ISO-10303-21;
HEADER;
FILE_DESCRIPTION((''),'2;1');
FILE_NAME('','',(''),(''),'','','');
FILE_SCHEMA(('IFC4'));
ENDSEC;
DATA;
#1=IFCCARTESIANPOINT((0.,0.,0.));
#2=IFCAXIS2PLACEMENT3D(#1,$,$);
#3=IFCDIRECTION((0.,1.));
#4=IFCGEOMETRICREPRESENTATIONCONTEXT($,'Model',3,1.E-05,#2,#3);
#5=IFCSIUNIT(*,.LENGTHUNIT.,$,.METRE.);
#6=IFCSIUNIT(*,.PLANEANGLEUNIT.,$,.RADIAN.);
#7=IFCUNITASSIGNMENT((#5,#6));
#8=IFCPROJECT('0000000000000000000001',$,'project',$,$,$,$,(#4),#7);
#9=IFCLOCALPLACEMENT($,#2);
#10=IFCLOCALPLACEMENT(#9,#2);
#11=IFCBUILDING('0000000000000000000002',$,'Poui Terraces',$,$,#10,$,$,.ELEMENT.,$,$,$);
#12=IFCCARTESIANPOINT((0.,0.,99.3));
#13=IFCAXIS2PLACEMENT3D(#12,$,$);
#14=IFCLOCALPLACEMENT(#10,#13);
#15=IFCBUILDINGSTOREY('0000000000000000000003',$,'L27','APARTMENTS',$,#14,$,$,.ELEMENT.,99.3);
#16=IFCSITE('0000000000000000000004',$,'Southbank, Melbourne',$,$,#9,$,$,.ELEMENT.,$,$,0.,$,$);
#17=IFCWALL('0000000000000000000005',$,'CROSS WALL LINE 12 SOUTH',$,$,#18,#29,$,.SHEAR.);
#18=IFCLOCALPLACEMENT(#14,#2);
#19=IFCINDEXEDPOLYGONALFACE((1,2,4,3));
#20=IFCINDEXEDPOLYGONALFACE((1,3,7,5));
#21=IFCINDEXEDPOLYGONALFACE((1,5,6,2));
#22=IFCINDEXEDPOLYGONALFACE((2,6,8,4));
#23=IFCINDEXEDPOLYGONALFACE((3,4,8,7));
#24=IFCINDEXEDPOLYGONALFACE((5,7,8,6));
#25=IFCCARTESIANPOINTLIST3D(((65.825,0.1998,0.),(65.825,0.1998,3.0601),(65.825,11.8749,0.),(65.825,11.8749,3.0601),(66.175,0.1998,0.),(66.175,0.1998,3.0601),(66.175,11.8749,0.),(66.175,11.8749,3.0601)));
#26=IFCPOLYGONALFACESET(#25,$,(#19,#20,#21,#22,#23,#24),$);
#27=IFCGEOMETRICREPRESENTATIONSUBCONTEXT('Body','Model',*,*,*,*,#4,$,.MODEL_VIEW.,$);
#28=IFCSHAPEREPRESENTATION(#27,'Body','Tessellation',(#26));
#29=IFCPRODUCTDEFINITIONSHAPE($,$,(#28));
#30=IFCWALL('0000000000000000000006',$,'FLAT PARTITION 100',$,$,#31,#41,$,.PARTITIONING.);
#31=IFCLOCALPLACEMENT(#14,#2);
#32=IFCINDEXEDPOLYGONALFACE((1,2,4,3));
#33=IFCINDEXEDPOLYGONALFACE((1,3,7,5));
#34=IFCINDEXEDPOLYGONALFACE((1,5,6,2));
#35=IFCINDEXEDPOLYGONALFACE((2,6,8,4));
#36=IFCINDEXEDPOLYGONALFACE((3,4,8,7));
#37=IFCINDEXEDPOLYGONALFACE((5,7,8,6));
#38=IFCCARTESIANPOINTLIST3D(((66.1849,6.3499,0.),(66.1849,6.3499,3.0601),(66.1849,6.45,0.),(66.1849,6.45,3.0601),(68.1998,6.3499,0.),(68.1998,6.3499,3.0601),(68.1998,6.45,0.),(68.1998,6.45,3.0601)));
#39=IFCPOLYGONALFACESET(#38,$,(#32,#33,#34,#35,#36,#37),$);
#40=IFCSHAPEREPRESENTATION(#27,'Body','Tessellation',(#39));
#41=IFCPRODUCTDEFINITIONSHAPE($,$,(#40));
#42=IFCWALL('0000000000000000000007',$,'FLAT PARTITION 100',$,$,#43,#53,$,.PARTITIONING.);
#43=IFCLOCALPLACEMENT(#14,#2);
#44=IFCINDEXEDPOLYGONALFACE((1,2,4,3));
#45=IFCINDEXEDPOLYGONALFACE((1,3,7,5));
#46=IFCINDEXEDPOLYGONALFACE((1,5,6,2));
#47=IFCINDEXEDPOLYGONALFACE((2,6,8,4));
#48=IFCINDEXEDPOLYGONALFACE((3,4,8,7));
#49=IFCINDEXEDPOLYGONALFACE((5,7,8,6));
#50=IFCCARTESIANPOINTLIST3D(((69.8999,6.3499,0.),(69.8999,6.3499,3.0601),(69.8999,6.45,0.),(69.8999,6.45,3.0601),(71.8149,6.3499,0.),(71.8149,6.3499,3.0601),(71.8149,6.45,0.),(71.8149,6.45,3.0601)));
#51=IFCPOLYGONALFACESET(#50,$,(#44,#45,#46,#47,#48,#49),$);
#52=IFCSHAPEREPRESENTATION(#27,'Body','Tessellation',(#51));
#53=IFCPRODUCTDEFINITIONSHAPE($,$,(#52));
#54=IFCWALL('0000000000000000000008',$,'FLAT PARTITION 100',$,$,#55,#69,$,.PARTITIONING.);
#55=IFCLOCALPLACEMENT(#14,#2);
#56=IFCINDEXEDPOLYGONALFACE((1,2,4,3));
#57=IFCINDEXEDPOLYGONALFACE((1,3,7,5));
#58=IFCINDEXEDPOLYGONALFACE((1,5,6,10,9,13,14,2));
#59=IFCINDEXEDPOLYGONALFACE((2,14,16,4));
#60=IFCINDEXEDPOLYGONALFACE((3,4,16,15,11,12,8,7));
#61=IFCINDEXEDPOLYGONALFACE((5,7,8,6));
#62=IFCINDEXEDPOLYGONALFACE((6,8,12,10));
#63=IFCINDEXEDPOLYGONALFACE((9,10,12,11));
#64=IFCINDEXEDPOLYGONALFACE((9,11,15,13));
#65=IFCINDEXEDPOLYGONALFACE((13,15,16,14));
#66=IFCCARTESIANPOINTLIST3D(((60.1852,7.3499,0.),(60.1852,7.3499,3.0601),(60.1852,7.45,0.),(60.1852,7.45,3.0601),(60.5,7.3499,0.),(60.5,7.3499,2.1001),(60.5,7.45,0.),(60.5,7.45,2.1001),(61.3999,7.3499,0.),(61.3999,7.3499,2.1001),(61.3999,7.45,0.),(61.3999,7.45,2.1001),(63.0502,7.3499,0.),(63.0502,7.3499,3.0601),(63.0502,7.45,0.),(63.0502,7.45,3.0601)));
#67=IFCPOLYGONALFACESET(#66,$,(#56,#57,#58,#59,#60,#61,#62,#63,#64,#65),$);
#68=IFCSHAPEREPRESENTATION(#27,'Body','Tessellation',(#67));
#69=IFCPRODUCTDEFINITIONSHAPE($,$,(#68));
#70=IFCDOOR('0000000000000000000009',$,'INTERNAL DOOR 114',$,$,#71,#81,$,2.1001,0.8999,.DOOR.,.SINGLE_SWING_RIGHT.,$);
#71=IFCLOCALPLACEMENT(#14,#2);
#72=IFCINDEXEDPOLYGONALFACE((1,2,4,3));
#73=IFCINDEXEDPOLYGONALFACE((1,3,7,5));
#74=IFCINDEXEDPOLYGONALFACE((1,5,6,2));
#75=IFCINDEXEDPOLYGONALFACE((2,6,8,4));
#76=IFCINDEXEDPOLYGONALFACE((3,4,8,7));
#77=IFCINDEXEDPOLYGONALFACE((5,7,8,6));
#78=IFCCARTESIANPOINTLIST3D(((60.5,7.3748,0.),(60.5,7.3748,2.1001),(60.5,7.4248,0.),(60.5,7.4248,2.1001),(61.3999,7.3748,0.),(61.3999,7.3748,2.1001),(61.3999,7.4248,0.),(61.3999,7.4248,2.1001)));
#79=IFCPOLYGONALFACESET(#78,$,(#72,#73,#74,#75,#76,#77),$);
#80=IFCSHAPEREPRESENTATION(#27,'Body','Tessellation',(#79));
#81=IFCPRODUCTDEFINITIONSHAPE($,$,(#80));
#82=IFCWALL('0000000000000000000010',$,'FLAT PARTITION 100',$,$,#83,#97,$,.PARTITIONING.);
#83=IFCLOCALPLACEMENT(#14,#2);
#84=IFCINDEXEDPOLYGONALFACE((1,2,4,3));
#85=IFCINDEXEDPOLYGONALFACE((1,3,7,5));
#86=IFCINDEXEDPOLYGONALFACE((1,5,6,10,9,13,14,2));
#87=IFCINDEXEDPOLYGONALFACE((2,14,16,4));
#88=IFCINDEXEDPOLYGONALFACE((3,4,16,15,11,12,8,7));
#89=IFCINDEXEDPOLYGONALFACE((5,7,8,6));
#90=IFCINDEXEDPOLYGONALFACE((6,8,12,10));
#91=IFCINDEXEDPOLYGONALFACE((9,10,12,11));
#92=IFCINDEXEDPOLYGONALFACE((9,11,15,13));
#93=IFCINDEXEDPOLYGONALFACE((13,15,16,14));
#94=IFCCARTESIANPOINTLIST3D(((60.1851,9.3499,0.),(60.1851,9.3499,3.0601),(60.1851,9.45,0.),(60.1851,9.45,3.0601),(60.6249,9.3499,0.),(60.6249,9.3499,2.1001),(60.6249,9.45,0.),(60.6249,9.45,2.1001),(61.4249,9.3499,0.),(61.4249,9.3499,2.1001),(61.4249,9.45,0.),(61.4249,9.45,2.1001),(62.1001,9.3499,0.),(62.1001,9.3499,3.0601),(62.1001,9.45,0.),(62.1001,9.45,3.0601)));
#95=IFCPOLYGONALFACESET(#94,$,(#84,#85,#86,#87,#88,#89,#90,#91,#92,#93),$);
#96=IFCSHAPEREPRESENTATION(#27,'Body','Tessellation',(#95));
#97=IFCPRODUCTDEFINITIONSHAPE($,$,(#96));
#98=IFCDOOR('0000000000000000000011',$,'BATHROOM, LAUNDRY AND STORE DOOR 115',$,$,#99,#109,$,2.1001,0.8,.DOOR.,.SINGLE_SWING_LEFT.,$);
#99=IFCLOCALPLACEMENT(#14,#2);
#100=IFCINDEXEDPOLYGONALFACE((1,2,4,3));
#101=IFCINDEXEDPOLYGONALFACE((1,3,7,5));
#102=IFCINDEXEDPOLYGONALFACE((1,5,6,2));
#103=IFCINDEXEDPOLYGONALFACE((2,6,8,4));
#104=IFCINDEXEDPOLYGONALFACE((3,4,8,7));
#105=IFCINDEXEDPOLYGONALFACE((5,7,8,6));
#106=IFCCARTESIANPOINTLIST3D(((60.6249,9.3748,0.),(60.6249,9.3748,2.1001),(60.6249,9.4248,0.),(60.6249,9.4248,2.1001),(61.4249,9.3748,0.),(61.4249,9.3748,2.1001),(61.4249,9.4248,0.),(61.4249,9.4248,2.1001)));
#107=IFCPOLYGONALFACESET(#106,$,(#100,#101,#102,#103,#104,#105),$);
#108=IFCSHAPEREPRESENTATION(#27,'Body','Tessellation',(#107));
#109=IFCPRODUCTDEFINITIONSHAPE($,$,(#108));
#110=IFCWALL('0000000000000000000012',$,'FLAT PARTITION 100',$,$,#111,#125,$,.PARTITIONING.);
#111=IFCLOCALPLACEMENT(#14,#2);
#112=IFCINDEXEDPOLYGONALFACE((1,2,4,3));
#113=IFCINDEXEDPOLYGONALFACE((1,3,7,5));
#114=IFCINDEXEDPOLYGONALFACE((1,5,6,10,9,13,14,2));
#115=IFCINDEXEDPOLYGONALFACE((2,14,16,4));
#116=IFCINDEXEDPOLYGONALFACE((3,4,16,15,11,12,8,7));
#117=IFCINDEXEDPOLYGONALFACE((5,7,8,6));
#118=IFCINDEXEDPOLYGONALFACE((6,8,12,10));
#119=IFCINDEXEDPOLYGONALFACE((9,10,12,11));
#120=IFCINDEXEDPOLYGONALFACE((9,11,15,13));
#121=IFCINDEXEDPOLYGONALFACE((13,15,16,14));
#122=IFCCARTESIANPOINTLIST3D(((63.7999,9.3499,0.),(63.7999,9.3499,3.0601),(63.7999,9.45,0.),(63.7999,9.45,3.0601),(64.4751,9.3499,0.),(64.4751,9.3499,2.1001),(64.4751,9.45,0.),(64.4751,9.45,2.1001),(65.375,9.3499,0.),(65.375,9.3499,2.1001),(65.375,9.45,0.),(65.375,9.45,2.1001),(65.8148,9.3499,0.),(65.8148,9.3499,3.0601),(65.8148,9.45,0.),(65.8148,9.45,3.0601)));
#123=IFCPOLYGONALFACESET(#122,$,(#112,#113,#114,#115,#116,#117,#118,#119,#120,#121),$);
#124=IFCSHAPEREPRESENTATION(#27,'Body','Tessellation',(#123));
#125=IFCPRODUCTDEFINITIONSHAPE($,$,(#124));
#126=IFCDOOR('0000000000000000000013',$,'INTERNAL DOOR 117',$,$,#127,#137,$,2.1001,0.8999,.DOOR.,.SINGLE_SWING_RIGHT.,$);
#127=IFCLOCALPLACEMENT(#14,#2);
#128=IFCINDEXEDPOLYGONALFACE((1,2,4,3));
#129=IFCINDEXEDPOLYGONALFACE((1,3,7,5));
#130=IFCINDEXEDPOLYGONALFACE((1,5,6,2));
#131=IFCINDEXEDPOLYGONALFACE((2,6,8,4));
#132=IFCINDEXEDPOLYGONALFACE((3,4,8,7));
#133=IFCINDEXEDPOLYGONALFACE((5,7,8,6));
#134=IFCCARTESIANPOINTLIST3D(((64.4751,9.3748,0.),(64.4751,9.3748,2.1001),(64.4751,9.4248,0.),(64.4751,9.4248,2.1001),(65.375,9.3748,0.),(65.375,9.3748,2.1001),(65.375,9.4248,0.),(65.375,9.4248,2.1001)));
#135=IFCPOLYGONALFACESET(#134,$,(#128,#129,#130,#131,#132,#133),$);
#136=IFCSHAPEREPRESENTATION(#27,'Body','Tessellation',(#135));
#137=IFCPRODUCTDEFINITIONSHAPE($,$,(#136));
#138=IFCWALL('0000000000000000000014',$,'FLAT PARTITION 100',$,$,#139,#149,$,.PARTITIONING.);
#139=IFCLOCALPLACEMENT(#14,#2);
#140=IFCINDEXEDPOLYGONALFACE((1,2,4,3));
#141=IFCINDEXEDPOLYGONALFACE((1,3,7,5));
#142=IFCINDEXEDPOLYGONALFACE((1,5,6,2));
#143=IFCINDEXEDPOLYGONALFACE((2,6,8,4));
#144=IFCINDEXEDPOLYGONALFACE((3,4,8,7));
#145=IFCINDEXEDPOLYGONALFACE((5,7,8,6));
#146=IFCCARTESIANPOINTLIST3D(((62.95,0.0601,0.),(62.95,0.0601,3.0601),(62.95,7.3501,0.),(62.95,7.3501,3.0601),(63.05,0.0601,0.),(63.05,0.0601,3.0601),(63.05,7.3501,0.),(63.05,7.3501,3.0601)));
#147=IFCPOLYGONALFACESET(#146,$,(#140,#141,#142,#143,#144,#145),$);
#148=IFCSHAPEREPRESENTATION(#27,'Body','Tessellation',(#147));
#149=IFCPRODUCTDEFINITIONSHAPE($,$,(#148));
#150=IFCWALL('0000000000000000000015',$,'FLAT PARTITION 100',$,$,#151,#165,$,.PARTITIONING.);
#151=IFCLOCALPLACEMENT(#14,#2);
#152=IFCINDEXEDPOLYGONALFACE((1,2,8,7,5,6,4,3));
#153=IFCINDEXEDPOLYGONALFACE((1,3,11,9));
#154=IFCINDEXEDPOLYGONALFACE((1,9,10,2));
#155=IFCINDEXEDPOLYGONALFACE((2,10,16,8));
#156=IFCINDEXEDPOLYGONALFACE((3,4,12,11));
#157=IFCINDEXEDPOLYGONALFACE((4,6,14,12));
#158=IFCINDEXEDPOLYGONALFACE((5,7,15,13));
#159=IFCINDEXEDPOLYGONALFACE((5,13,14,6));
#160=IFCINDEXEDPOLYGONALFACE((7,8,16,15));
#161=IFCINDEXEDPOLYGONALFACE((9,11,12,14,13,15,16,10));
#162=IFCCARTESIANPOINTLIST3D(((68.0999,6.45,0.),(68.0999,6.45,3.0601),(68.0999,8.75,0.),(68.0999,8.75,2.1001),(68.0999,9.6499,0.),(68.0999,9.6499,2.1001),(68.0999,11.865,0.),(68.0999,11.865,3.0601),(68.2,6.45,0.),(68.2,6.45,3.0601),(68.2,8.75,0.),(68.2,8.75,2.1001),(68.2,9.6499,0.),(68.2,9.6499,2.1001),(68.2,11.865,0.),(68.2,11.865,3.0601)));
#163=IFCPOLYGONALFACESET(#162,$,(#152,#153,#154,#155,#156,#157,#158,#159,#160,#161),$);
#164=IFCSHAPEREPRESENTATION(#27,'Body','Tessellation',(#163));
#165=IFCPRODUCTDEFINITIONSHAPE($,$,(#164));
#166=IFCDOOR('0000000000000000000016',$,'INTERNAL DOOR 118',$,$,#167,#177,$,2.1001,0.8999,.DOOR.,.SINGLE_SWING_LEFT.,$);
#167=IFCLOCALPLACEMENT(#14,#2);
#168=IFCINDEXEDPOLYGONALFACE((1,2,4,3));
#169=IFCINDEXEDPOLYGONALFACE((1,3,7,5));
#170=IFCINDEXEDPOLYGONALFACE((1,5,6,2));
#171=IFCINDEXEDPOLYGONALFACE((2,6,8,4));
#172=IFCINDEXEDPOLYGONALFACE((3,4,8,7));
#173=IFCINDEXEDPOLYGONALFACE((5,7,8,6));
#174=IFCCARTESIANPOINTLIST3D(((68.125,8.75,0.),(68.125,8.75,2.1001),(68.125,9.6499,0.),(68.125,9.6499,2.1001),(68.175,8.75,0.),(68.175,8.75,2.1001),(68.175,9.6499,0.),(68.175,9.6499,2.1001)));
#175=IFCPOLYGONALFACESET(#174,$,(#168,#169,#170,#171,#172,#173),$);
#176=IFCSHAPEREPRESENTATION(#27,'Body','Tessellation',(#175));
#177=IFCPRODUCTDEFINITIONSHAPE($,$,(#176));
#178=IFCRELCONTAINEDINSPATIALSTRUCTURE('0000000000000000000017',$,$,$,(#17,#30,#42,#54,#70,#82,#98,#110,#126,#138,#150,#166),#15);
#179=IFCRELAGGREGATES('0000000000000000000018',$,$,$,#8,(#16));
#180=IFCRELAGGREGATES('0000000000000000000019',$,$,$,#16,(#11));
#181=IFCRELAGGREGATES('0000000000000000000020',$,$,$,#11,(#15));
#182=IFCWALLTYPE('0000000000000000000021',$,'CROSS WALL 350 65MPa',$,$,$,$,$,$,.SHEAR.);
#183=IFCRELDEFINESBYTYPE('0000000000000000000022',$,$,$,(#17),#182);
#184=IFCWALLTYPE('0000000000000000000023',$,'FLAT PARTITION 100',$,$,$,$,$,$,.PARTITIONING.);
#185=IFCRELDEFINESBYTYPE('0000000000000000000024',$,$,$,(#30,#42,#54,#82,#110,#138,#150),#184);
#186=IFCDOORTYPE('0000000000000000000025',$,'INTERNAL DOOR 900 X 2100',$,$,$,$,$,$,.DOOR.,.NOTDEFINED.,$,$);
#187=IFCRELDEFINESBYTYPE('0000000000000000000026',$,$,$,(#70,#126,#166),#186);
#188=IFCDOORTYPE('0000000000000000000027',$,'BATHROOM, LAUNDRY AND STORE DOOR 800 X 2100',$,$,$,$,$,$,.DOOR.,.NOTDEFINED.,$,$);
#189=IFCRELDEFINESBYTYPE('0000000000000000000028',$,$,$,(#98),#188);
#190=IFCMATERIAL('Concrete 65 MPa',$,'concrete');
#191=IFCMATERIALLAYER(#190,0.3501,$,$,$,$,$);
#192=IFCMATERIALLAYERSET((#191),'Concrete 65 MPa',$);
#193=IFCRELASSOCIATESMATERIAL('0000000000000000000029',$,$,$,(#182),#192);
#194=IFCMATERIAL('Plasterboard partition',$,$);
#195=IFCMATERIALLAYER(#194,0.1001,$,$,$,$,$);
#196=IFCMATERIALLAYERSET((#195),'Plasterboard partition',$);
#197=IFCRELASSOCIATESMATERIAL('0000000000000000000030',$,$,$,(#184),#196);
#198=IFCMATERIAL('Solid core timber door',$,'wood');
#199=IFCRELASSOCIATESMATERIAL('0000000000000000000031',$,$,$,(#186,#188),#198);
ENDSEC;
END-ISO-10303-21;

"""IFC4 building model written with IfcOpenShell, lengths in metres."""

from ifc_helpers import new_model, si_unit, direction, frame, frame_2d, origin, place, context, subcontext, project, spatial, rectangle, extrude, material, layer, layer_set, type_object, element, fill, save


model = new_model("IFC4")

# Units and contexts
model_context = context("Model", 3, precision=1e-05, world=origin(), true_north=direction((0.0, 1.0)))
body_context = subcontext(model_context, "Body", "Model", "MODEL_VIEW")
ifc_project = project(units=[si_unit("LENGTHUNIT", "METRE"), si_unit("PLANEANGLEUNIT", "RADIAN")], contexts=[model_context])

# Site, building, storey
site_placement = place(None, origin())
site = spatial("IfcSite", under=ifc_project, at=site_placement, Name="Southbank, Melbourne", CompositionType="ELEMENT", RefElevation=0.0)
building_placement = place(site_placement, origin())
building = spatial("IfcBuilding", under=site, at=building_placement, Name="Poui Terraces", CompositionType="ELEMENT")
storey_placement = place(building_placement, frame((0.0, 0.0, 99.3)))
storey = spatial("IfcBuildingStorey", under=building, at=storey_placement, Name="L27", Description="APARTMENTS", CompositionType="ELEMENT", Elevation=99.3)

# Walls
ifc_material_1 = material(Name="Concrete 65 MPa", Category="concrete")
ifc_layer_1 = layer(ifc_material_1, 0.3501)
ifc_layer_set_1 = layer_set([ifc_layer_1], Name="Concrete 65 MPa")
wall_type_1 = type_object("IfcWallType", Name="CROSS WALL 350 65MPa", PredefinedType="SHEAR", material=ifc_layer_set_1)
wall_1_placement = place(storey_placement, frame((66.0, 0.2, 0.0), z_axis=(0.0, 0.0, 1.0), x_axis=(0.0, 1.0, 0.0)))
element("IfcWall", 1, at=wall_1_placement, inside=storey, type_object=wall_type_1, Name="CROSS WALL LINE 12 SOUTH", PredefinedType="SHEAR", context=body_context, shape_type="SweptSolid", body=[
    extrude(rectangle(XDim=11.675, YDim=0.3501, at=frame_2d((5.8374, 0.0))), origin(), (0.0, 0.0, 1.0), 3.0601),
])
ifc_material_2 = material(Name="Plasterboard partition")
ifc_layer_2 = layer(ifc_material_2, 0.1001)
ifc_layer_set_2 = layer_set([ifc_layer_2], Name="Plasterboard partition")
wall_type_2 = type_object("IfcWallType", Name="FLAT PARTITION 100", PredefinedType="PARTITIONING", material=ifc_layer_set_2)
wall_2_placement = place(storey_placement, frame((66.1851, 6.3999, 0.0), z_axis=(0.0, 0.0, 1.0), x_axis=(1.0, 0.0, 0.0)))
element("IfcWall", 2, at=wall_2_placement, inside=storey, type_object=wall_type_2, Name="FLAT PARTITION 100", PredefinedType="PARTITIONING", context=body_context, shape_type="SweptSolid", body=[
    extrude(rectangle(XDim=2.0149, YDim=0.1001, at=frame_2d((1.0073, 0.0))), origin(), (0.0, 0.0, 1.0), 3.0601),
])
wall_3_placement = place(storey_placement, frame((69.8999, 6.3999, 0.0), z_axis=(0.0, 0.0, 1.0), x_axis=(1.0, 0.0, 0.0)))
element("IfcWall", 3, at=wall_3_placement, inside=storey, type_object=wall_type_2, Name="FLAT PARTITION 100", PredefinedType="PARTITIONING", context=body_context, shape_type="SweptSolid", body=[
    extrude(rectangle(XDim=1.915, YDim=0.1001, at=frame_2d((0.9575, 0.0))), origin(), (0.0, 0.0, 1.0), 3.0601),
])

# Walls, openings, doors
wall_4_placement = place(storey_placement, frame((60.1851, 7.3999, 0.0), z_axis=(0.0, 0.0, 1.0), x_axis=(1.0, 0.0, 0.0)))
wall_4 = element("IfcWall", 4, at=wall_4_placement, inside=storey, type_object=wall_type_2, Name="FLAT PARTITION 100", PredefinedType="PARTITIONING", context=body_context, shape_type="SweptSolid", body=[
    extrude(rectangle(XDim=2.865, YDim=0.1001, at=frame_2d((1.4326, 0.0))), origin(), (0.0, 0.0, 1.0), 3.0601),
])
opening_1_placement = place(wall_4_placement, frame((0.3149, 0.0, 0.0)))
opening_1 = element("IfcOpeningElement", 5, at=opening_1_placement, cuts=wall_4, PredefinedType="OPENING", context=body_context, shape_type="SweptSolid", body=[
    extrude(rectangle(XDim=0.8999, YDim=2.1001, at=frame_2d((0.45, 1.05))), frame((0.0, 0.0601, 0.0), z_axis=(0.0, -1.0, 0.0), x_axis=(1.0, 0.0, 0.0)), (0.0, 0.0, 1.0), 0.1201),
])
ifc_material_3 = material(Name="Solid core timber door", Category="wood")
door_type_1 = type_object("IfcDoorType", Name="INTERNAL DOOR 900 X 2100", OperationType="NOTDEFINED", PredefinedType="DOOR", material=ifc_material_3)
door_1_placement = place(opening_1_placement, origin())
door_1 = element("IfcDoor", 6, at=door_1_placement, inside=storey, type_object=door_type_1, Name="INTERNAL DOOR 114", OperationType="SINGLE_SWING_RIGHT", OverallHeight=2.1001, OverallWidth=0.8999, PredefinedType="DOOR", context=body_context, shape_type="SweptSolid", body=[
    extrude(rectangle(XDim=0.8999, YDim=2.1001, at=frame_2d((0.45, 1.05))), frame((0.0, 0.0249, 0.0), z_axis=(0.0, -1.0, 0.0), x_axis=(1.0, 0.0, 0.0)), (0.0, 0.0, 1.0), 0.05),
])
fill(opening_1, door_1)
wall_5_placement = place(storey_placement, frame((60.1851, 9.3999, 0.0), z_axis=(0.0, 0.0, 1.0), x_axis=(1.0, 0.0, 0.0)))
wall_5 = element("IfcWall", 7, at=wall_5_placement, inside=storey, type_object=wall_type_2, Name="FLAT PARTITION 100", PredefinedType="PARTITIONING", context=body_context, shape_type="SweptSolid", body=[
    extrude(rectangle(XDim=1.915, YDim=0.1001, at=frame_2d((0.9575, 0.0))), origin(), (0.0, 0.0, 1.0), 3.0601),
])
opening_2_placement = place(wall_5_placement, frame((0.4399, 0.0, 0.0)))
opening_2 = element("IfcOpeningElement", 8, at=opening_2_placement, cuts=wall_5, PredefinedType="OPENING", context=body_context, shape_type="SweptSolid", body=[
    extrude(rectangle(XDim=0.8, YDim=2.1001, at=frame_2d((0.3999, 1.05))), frame((0.0, 0.0601, 0.0), z_axis=(0.0, -1.0, 0.0), x_axis=(1.0, 0.0, 0.0)), (0.0, 0.0, 1.0), 0.1201),
])
door_type_2 = type_object("IfcDoorType", Name="BATHROOM, LAUNDRY AND STORE DOOR 800 X 2100", OperationType="NOTDEFINED", PredefinedType="DOOR", material=ifc_material_3)
door_2_placement = place(opening_2_placement, origin())
door_2 = element("IfcDoor", 9, at=door_2_placement, inside=storey, type_object=door_type_2, Name="BATHROOM, LAUNDRY AND STORE DOOR 115", OperationType="SINGLE_SWING_LEFT", OverallHeight=2.1001, OverallWidth=0.8, PredefinedType="DOOR", context=body_context, shape_type="SweptSolid", body=[
    extrude(rectangle(XDim=0.8, YDim=2.1001, at=frame_2d((0.3999, 1.05))), frame((0.0, 0.0249, 0.0), z_axis=(0.0, -1.0, 0.0), x_axis=(1.0, 0.0, 0.0)), (0.0, 0.0, 1.0), 0.05),
])
fill(opening_2, door_2)
wall_6_placement = place(storey_placement, frame((63.8, 9.3999, 0.0), z_axis=(0.0, 0.0, 1.0), x_axis=(1.0, 0.0, 0.0)))
wall_6 = element("IfcWall", 10, at=wall_6_placement, inside=storey, type_object=wall_type_2, Name="FLAT PARTITION 100", PredefinedType="PARTITIONING", context=body_context, shape_type="SweptSolid", body=[
    extrude(rectangle(XDim=2.0149, YDim=0.1001, at=frame_2d((1.0073, 0.0))), origin(), (0.0, 0.0, 1.0), 3.0601),
])
opening_3_placement = place(wall_6_placement, frame((0.675, 0.0, 0.0)))
opening_3 = element("IfcOpeningElement", 11, at=opening_3_placement, cuts=wall_6, PredefinedType="OPENING", context=body_context, shape_type="SweptSolid", body=[
    extrude(rectangle(XDim=0.8999, YDim=2.1001, at=frame_2d((0.45, 1.05))), frame((0.0, 0.0601, 0.0), z_axis=(0.0, -1.0, 0.0), x_axis=(1.0, 0.0, 0.0)), (0.0, 0.0, 1.0), 0.1201),
])
door_3_placement = place(opening_3_placement, origin())
door_3 = element("IfcDoor", 12, at=door_3_placement, inside=storey, type_object=door_type_1, Name="INTERNAL DOOR 117", OperationType="SINGLE_SWING_RIGHT", OverallHeight=2.1001, OverallWidth=0.8999, PredefinedType="DOOR", context=body_context, shape_type="SweptSolid", body=[
    extrude(rectangle(XDim=0.8999, YDim=2.1001, at=frame_2d((0.45, 1.05))), frame((0.0, 0.0249, 0.0), z_axis=(0.0, -1.0, 0.0), x_axis=(1.0, 0.0, 0.0)), (0.0, 0.0, 1.0), 0.05),
])
fill(opening_3, door_3)

# Wall
wall_7_placement = place(storey_placement, frame((63.0, 0.0601, 0.0), z_axis=(0.0, 0.0, 1.0), x_axis=(0.0, 1.0, 0.0)))
element("IfcWall", 13, at=wall_7_placement, inside=storey, type_object=wall_type_2, Name="FLAT PARTITION 100", PredefinedType="PARTITIONING", context=body_context, shape_type="SweptSolid", body=[
    extrude(rectangle(XDim=7.29, YDim=0.1001, at=frame_2d((3.645, 0.0))), origin(), (0.0, 0.0, 1.0), 3.0601),
])

# Wall, opening, door
wall_8_placement = place(storey_placement, frame((68.1499, 6.45, 0.0), z_axis=(0.0, 0.0, 1.0), x_axis=(0.0, 1.0, 0.0)))
wall_8 = element("IfcWall", 14, at=wall_8_placement, inside=storey, type_object=wall_type_2, Name="FLAT PARTITION 100", PredefinedType="PARTITIONING", context=body_context, shape_type="SweptSolid", body=[
    extrude(rectangle(XDim=5.415, YDim=0.1001, at=frame_2d((2.7075, 0.0))), origin(), (0.0, 0.0, 1.0), 3.0601),
])
opening_4_placement = place(wall_8_placement, frame((2.3, 0.0, 0.0)))
opening_4 = element("IfcOpeningElement", 15, at=opening_4_placement, cuts=wall_8, PredefinedType="OPENING", context=body_context, shape_type="SweptSolid", body=[
    extrude(rectangle(XDim=0.8999, YDim=2.1001, at=frame_2d((0.45, 1.05))), frame((0.0, 0.0601, 0.0), z_axis=(0.0, -1.0, 0.0), x_axis=(1.0, 0.0, 0.0)), (0.0, 0.0, 1.0), 0.1201),
])
door_4_placement = place(opening_4_placement, origin())
door_4 = element("IfcDoor", 16, at=door_4_placement, inside=storey, type_object=door_type_1, Name="INTERNAL DOOR 118", OperationType="SINGLE_SWING_LEFT", OverallHeight=2.1001, OverallWidth=0.8999, PredefinedType="DOOR", context=body_context, shape_type="SweptSolid", body=[
    extrude(rectangle(XDim=0.8999, YDim=2.1001, at=frame_2d((0.45, 1.05))), frame((0.0, 0.0249, 0.0), z_axis=(0.0, -1.0, 0.0), x_axis=(1.0, 0.0, 0.0)), (0.0, 0.0, 1.0), 0.05),
])
fill(opening_4, door_4)

save(model, "model.ifc")
